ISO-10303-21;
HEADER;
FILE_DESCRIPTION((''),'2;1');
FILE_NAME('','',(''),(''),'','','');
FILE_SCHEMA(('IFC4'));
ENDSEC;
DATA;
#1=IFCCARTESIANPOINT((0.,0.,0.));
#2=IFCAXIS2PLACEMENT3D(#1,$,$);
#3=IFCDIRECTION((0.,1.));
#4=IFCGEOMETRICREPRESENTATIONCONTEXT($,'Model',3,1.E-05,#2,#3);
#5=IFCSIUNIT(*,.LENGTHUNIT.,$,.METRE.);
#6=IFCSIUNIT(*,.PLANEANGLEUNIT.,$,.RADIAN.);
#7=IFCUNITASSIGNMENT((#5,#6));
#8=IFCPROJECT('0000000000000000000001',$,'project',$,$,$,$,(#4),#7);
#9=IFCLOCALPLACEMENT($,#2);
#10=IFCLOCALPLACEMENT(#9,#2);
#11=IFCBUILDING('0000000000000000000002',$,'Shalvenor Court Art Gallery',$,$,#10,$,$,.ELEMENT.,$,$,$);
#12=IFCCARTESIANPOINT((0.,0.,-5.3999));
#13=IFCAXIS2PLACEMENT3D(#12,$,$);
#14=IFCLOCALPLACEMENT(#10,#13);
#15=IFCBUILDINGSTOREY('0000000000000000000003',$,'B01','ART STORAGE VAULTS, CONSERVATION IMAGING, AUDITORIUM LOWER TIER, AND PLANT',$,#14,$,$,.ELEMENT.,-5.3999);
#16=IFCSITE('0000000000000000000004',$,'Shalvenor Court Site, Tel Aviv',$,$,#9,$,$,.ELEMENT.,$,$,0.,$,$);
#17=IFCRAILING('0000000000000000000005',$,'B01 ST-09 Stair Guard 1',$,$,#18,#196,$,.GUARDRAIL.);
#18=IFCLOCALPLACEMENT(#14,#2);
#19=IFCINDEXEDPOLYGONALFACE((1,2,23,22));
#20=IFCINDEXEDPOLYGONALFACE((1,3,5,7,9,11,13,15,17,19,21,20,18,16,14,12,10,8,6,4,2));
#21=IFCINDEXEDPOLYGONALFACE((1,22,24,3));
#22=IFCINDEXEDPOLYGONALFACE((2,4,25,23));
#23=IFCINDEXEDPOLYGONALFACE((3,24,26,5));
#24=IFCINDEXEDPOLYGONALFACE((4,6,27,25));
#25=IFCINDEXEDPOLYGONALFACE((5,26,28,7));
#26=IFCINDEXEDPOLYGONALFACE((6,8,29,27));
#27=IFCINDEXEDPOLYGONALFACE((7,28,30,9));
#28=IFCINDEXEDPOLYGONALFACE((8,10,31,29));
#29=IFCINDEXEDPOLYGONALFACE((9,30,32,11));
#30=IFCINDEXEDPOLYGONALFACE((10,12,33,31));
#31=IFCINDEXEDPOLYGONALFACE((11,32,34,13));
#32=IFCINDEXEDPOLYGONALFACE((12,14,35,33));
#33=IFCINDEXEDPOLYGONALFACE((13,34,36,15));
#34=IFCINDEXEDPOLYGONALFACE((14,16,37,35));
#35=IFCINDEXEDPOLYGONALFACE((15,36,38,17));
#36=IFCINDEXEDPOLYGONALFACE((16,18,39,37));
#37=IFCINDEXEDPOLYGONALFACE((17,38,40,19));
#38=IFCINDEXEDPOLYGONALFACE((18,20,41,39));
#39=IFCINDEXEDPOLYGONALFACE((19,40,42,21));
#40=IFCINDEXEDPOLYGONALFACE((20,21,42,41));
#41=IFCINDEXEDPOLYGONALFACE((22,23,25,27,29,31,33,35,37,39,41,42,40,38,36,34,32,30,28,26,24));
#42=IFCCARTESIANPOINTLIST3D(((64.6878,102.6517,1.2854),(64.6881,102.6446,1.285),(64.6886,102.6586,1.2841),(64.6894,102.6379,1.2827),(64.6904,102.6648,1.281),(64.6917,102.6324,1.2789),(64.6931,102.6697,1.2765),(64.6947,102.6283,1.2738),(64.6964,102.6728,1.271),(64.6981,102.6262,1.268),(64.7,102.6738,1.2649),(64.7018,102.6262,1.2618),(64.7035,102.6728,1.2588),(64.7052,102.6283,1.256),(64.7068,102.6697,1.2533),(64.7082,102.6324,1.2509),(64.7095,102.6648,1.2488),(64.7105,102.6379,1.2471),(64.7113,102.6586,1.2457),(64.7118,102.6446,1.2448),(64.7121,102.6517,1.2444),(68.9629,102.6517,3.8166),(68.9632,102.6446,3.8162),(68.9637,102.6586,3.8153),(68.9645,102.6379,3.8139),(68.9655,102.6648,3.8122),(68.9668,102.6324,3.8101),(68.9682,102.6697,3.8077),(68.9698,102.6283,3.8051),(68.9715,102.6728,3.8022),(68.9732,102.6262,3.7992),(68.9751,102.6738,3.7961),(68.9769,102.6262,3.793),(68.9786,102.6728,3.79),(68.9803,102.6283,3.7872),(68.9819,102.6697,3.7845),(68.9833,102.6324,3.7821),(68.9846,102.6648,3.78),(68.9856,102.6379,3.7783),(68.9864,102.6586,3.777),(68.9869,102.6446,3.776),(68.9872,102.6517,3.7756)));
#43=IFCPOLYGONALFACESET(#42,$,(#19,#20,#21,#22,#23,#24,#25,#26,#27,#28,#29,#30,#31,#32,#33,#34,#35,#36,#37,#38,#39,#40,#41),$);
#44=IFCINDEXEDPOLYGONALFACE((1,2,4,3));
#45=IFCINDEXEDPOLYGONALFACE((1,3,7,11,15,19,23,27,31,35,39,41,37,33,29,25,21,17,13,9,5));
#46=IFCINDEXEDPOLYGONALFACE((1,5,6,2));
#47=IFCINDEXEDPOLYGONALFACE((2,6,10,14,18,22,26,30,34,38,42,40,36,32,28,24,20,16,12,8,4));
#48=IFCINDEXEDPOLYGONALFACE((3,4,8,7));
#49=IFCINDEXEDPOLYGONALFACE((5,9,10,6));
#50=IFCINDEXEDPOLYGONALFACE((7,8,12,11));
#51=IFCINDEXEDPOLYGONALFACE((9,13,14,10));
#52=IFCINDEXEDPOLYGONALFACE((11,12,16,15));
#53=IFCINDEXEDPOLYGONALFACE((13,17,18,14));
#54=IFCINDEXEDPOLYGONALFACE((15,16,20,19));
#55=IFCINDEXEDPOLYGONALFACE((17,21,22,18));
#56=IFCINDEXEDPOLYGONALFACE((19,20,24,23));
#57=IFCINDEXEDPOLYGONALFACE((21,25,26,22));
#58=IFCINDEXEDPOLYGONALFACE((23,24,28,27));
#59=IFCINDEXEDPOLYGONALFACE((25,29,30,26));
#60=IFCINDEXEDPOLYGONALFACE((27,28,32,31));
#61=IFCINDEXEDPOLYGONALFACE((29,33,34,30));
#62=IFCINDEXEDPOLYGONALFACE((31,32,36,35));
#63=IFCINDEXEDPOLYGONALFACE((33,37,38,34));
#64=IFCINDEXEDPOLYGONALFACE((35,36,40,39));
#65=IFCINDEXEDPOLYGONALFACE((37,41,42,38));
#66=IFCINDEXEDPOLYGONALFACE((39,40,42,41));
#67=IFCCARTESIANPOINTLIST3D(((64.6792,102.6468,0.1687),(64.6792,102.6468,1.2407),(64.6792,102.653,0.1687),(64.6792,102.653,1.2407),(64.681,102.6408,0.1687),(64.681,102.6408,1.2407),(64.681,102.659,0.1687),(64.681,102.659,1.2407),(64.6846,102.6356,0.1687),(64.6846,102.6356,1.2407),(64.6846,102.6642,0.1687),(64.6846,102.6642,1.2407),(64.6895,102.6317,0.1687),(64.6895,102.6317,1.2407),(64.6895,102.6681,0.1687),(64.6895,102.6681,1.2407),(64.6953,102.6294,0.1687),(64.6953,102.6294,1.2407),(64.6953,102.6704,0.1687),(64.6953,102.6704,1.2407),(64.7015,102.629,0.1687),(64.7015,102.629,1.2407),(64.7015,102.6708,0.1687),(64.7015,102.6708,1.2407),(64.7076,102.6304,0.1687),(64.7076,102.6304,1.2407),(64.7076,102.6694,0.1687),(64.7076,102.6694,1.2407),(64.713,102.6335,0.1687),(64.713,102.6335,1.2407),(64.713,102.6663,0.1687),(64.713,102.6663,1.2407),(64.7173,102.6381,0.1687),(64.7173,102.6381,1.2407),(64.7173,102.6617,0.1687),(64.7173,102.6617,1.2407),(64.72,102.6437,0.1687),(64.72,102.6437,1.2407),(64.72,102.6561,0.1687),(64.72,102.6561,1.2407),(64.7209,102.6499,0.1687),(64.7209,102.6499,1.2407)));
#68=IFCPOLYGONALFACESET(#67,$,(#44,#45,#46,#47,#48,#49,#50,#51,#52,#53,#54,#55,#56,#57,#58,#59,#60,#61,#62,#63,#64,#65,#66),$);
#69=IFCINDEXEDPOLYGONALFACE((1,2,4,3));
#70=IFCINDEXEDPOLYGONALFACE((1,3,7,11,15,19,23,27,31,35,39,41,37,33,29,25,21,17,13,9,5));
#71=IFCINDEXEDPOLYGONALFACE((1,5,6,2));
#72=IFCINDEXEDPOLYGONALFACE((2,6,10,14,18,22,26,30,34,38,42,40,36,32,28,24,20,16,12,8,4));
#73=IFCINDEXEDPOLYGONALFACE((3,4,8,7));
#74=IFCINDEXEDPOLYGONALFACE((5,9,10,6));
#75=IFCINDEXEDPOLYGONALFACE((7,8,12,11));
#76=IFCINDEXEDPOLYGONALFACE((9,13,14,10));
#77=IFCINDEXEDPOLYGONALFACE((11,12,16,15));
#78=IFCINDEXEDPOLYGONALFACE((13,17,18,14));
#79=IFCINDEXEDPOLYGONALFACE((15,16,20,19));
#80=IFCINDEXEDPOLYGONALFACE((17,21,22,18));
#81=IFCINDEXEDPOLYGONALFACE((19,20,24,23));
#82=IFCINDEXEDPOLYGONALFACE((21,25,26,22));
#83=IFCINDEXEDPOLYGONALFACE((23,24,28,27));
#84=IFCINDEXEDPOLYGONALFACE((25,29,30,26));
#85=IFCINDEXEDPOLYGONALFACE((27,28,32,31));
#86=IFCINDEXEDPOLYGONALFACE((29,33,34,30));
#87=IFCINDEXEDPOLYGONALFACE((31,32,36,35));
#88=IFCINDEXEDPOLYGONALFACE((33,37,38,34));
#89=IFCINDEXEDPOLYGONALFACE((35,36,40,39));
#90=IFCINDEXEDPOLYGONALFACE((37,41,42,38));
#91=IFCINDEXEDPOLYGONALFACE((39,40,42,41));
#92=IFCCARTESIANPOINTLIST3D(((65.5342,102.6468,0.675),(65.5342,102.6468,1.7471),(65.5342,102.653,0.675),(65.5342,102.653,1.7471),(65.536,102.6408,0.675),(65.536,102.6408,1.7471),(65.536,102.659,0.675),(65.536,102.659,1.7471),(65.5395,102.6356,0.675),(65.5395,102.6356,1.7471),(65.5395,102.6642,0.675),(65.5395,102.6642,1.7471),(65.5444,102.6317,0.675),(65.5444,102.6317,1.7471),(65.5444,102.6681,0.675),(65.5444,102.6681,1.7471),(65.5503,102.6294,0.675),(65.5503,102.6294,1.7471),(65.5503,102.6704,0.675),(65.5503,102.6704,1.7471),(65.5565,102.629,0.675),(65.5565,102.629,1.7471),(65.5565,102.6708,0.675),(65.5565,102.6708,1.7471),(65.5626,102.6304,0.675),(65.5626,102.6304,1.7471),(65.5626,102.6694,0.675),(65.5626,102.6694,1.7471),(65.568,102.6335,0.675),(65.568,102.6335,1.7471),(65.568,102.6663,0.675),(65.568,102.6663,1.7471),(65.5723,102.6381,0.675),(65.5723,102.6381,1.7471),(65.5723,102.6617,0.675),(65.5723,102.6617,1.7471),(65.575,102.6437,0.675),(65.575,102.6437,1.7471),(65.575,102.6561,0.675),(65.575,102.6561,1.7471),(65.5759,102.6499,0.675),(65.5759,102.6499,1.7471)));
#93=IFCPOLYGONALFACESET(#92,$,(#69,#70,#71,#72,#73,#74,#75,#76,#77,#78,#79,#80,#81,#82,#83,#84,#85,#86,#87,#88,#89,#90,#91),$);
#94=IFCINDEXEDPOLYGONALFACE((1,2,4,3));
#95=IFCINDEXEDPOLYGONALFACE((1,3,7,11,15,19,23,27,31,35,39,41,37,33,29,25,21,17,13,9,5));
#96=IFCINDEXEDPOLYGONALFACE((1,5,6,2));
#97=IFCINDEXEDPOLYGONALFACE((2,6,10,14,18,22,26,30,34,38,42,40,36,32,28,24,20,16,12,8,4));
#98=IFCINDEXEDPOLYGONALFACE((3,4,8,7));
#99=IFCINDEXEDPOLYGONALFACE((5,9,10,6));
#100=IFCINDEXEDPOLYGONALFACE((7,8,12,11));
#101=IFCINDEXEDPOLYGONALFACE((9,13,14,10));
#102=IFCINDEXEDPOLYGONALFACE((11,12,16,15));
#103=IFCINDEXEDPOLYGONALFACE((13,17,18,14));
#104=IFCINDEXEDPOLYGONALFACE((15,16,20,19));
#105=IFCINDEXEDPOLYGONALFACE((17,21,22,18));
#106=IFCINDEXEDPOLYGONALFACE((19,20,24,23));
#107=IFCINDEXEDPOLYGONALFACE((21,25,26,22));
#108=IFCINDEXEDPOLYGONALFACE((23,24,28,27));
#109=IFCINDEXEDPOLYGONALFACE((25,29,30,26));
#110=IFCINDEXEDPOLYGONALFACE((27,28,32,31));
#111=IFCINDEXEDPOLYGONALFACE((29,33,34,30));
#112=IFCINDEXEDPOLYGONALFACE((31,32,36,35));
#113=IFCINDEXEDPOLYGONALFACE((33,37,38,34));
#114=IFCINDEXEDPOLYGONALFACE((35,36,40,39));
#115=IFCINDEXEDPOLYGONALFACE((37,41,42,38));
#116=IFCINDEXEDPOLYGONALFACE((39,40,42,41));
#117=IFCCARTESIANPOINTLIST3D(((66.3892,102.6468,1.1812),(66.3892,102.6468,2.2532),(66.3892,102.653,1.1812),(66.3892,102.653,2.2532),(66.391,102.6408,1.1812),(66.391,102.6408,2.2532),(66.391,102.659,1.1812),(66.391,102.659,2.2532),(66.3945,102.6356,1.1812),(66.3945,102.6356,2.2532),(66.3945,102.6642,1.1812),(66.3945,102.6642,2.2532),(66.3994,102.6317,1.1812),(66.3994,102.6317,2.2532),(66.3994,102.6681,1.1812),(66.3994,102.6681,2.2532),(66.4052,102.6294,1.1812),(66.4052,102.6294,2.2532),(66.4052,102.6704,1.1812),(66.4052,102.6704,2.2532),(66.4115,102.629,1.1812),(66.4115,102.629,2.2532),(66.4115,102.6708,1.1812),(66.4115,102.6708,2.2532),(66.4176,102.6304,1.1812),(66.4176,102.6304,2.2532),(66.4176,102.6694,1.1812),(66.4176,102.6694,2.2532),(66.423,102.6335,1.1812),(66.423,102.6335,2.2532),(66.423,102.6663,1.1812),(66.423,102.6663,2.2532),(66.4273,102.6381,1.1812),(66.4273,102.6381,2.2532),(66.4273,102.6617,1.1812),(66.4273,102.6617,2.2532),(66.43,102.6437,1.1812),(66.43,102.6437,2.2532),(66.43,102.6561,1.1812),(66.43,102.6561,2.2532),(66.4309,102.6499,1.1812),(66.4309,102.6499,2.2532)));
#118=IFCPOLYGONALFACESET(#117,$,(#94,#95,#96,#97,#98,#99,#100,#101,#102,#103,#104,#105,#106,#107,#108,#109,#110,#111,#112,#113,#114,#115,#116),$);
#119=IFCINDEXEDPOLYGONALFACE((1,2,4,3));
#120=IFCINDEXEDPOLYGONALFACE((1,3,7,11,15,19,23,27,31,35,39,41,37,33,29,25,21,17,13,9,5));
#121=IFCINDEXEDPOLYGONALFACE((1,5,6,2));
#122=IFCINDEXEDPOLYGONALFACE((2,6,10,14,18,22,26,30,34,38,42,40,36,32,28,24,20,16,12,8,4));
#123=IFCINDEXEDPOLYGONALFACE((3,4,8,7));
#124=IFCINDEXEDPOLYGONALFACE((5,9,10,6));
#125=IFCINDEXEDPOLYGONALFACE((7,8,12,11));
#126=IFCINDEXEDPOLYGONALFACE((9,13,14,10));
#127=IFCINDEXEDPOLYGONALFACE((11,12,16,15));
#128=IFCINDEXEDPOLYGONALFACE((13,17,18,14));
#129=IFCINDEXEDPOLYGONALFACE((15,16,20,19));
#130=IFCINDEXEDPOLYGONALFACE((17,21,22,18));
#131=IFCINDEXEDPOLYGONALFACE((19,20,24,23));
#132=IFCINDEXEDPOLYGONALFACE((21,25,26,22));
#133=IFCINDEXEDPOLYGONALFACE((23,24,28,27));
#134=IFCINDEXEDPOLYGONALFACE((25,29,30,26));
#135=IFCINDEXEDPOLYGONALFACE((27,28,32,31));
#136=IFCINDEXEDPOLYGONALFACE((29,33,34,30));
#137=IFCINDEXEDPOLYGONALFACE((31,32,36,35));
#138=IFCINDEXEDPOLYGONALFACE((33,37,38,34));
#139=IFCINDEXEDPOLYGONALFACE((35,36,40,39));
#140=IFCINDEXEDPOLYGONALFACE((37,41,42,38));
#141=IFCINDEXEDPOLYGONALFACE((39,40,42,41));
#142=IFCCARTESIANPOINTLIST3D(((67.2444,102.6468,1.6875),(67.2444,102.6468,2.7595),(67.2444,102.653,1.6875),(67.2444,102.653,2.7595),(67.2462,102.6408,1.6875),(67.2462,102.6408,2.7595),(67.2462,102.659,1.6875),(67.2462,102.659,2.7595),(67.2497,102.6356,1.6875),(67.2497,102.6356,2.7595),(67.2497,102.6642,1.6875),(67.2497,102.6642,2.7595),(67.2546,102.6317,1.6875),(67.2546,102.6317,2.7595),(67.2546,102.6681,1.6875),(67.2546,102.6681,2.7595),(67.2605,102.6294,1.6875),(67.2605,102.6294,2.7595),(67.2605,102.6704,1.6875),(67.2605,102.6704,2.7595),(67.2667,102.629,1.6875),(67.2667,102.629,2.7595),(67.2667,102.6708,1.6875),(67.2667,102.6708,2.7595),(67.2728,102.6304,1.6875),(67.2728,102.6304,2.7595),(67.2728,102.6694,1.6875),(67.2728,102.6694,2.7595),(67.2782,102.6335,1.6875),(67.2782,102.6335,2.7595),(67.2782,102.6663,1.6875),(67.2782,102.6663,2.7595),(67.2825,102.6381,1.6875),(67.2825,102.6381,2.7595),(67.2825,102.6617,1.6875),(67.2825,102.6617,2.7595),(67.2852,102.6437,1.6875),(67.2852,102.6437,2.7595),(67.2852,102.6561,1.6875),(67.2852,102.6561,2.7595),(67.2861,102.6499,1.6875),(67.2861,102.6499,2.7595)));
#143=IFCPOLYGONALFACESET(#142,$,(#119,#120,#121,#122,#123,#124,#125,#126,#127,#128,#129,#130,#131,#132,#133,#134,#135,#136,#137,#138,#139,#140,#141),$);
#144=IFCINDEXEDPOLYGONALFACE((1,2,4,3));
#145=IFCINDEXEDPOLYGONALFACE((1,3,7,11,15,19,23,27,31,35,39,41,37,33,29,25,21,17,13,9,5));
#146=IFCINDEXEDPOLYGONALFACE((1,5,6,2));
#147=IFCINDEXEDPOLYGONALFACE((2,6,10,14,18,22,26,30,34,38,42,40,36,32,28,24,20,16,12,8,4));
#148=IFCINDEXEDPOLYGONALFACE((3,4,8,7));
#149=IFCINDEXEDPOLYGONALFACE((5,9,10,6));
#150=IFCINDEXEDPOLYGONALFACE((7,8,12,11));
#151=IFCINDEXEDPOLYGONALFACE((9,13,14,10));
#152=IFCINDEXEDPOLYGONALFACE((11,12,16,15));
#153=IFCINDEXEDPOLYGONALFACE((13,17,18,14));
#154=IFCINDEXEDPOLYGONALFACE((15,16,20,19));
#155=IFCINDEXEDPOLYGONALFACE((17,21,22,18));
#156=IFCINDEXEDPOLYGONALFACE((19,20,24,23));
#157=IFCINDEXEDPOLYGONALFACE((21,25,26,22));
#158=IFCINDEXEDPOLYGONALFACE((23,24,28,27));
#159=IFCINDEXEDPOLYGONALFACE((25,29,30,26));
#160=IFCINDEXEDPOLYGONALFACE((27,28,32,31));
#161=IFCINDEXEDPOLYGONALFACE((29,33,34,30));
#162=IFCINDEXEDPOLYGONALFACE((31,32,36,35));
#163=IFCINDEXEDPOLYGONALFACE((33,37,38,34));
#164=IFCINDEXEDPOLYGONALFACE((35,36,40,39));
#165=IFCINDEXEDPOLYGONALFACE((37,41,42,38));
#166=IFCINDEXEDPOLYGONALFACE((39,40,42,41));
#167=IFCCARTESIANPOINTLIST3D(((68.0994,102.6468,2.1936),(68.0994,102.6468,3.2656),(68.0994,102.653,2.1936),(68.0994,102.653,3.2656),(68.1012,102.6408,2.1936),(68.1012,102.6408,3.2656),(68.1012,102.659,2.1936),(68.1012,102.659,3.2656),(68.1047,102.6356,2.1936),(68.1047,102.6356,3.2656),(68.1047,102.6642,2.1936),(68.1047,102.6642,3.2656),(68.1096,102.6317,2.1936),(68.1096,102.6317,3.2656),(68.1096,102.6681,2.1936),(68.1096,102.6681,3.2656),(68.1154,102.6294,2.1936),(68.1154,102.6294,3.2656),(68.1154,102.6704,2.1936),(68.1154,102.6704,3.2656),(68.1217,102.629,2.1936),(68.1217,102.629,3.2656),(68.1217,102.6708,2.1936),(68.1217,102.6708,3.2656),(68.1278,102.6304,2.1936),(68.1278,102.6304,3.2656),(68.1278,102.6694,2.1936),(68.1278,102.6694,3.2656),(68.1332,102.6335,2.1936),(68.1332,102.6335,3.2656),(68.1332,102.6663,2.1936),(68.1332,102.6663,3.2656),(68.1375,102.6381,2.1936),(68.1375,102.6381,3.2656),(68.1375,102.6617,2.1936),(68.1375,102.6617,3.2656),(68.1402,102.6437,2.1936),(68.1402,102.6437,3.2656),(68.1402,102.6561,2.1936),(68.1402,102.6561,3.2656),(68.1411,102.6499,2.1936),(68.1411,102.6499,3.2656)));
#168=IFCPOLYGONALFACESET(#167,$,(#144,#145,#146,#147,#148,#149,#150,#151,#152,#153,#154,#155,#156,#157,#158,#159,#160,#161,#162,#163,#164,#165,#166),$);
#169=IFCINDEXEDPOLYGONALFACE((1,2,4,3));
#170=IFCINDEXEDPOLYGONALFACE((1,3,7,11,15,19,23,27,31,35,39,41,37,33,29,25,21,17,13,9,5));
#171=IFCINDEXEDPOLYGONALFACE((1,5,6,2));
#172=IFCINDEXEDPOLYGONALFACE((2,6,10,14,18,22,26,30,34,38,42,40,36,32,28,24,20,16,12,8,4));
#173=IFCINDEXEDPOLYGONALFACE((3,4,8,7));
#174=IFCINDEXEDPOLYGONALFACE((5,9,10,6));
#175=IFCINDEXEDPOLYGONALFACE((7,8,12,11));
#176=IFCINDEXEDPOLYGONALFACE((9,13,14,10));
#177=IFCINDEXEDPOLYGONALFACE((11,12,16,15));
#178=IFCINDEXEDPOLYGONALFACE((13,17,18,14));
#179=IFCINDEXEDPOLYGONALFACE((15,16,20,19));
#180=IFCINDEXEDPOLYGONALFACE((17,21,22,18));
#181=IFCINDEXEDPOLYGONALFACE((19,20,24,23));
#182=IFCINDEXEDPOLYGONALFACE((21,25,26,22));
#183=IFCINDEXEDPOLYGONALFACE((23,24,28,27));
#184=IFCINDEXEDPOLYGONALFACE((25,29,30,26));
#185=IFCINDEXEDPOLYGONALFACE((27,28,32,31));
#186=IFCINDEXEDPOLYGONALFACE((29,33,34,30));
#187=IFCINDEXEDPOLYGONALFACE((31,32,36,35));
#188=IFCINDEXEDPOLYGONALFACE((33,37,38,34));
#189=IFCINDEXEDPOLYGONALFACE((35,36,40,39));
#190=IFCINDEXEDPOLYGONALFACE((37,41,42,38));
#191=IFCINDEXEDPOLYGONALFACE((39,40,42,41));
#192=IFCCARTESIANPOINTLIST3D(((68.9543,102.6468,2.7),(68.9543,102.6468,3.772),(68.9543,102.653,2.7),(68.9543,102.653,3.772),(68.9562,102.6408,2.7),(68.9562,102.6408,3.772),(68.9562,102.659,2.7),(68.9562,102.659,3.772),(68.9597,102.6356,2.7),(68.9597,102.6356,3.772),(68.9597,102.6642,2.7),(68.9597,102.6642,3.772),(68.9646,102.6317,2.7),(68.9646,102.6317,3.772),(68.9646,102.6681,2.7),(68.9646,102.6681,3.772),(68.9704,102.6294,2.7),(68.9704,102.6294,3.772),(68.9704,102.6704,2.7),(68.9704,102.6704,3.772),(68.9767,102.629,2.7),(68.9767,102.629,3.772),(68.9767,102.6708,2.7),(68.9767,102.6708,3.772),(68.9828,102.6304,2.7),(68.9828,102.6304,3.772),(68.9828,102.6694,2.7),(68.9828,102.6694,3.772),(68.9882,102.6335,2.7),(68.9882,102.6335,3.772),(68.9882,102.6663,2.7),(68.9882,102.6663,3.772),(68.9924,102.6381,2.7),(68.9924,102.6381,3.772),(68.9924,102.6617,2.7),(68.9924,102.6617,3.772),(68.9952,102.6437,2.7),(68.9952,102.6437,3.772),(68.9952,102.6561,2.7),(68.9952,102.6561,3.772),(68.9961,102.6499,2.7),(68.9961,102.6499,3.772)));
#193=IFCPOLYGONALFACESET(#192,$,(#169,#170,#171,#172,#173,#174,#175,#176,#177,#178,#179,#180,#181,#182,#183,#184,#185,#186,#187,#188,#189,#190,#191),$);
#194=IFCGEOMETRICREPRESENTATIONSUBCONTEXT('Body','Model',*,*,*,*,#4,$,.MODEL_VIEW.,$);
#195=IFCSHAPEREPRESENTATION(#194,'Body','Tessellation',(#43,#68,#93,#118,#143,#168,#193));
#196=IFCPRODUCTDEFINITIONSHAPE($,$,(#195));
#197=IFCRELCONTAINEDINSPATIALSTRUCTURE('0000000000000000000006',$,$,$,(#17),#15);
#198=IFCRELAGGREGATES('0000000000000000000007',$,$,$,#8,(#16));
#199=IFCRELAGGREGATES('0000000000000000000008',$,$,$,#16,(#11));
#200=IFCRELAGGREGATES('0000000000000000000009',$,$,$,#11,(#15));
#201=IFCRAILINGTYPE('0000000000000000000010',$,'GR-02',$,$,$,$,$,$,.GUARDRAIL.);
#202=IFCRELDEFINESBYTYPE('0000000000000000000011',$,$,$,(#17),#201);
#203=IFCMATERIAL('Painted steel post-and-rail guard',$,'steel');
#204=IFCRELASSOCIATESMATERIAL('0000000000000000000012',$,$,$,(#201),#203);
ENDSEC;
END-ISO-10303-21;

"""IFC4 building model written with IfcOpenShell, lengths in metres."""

from ifc_helpers import new_model, si_unit, direction, frame, origin, origin_2d, place, context, subcontext, project, spatial, circle, extrude, material, type_object, element, save


model = new_model("IFC4")

# Units and contexts
model_context = context("Model", 3, precision=1e-05, world=origin(), true_north=direction((0.0, 1.0)))
body_context = subcontext(model_context, "Body", "Model", "MODEL_VIEW")
ifc_project = project(units=[si_unit("LENGTHUNIT", "METRE"), si_unit("PLANEANGLEUNIT", "RADIAN")], contexts=[model_context])

# Site, building, storey
site_placement = place(None, origin())
site = spatial("IfcSite", under=ifc_project, at=site_placement, Name="Shalvenor Court Site, Tel Aviv", CompositionType="ELEMENT", RefElevation=0.0)
building_placement = place(site_placement, origin())
building = spatial("IfcBuilding", under=site, at=building_placement, Name="Shalvenor Court Art Gallery", CompositionType="ELEMENT")
storey_placement = place(building_placement, frame((0.0, 0.0, -5.3999)))
storey = spatial("IfcBuildingStorey", under=building, at=storey_placement, Name="B01", Description="ART STORAGE VAULTS, CONSERVATION IMAGING, AUDITORIUM LOWER TIER, AND PLANT", CompositionType="ELEMENT", Elevation=-5.3999)

# Railing
ifc_material_1 = material(Name="Painted steel post-and-rail guard", Category="steel")
railing_type = type_object("IfcRailingType", Name="GR-02", PredefinedType="GUARDRAIL", material=ifc_material_1)
railing_1_placement = place(storey_placement, frame((64.7, 102.6499, 0.1687)))
element("IfcRailing", 1, at=railing_1_placement, inside=storey, type_object=railing_type, Name="B01 ST-09 Stair Guard 1", PredefinedType="GUARDRAIL", context=body_context, shape_type="SweptSolid", body=[
    extrude(circle(Radius=0.0239, at=origin_2d()), frame((0.0, 0.0, 1.0962), z_axis=(0.860483, 0.0, 0.509479), x_axis=(0.0, 1.0, 0.0)), (0.0, 0.0, 1.0), 4.9683),
    extrude(circle(Radius=0.021, at=origin_2d()), origin(), (0.0, 0.0, 1.0), 1.072),
    extrude(circle(Radius=0.021, at=origin_2d()), frame((0.855, 0.0, 0.5063)), (0.0, 0.0, 1.0), 1.072),
    extrude(circle(Radius=0.021, at=origin_2d()), frame((1.71, 0.0, 1.0125)), (0.0, 0.0, 1.0), 1.072),
    extrude(circle(Radius=0.021, at=origin_2d()), frame((2.5652, 0.0, 1.5188)), (0.0, 0.0, 1.0), 1.072),
    extrude(circle(Radius=0.021, at=origin_2d()), frame((3.4202, 0.0, 2.0249)), (0.0, 0.0, 1.0), 1.072),
    extrude(circle(Radius=0.021, at=origin_2d()), frame((4.2751, 0.0, 2.5312)), (0.0, 0.0, 1.0), 1.072),
])

save(model, "model.ifc")
